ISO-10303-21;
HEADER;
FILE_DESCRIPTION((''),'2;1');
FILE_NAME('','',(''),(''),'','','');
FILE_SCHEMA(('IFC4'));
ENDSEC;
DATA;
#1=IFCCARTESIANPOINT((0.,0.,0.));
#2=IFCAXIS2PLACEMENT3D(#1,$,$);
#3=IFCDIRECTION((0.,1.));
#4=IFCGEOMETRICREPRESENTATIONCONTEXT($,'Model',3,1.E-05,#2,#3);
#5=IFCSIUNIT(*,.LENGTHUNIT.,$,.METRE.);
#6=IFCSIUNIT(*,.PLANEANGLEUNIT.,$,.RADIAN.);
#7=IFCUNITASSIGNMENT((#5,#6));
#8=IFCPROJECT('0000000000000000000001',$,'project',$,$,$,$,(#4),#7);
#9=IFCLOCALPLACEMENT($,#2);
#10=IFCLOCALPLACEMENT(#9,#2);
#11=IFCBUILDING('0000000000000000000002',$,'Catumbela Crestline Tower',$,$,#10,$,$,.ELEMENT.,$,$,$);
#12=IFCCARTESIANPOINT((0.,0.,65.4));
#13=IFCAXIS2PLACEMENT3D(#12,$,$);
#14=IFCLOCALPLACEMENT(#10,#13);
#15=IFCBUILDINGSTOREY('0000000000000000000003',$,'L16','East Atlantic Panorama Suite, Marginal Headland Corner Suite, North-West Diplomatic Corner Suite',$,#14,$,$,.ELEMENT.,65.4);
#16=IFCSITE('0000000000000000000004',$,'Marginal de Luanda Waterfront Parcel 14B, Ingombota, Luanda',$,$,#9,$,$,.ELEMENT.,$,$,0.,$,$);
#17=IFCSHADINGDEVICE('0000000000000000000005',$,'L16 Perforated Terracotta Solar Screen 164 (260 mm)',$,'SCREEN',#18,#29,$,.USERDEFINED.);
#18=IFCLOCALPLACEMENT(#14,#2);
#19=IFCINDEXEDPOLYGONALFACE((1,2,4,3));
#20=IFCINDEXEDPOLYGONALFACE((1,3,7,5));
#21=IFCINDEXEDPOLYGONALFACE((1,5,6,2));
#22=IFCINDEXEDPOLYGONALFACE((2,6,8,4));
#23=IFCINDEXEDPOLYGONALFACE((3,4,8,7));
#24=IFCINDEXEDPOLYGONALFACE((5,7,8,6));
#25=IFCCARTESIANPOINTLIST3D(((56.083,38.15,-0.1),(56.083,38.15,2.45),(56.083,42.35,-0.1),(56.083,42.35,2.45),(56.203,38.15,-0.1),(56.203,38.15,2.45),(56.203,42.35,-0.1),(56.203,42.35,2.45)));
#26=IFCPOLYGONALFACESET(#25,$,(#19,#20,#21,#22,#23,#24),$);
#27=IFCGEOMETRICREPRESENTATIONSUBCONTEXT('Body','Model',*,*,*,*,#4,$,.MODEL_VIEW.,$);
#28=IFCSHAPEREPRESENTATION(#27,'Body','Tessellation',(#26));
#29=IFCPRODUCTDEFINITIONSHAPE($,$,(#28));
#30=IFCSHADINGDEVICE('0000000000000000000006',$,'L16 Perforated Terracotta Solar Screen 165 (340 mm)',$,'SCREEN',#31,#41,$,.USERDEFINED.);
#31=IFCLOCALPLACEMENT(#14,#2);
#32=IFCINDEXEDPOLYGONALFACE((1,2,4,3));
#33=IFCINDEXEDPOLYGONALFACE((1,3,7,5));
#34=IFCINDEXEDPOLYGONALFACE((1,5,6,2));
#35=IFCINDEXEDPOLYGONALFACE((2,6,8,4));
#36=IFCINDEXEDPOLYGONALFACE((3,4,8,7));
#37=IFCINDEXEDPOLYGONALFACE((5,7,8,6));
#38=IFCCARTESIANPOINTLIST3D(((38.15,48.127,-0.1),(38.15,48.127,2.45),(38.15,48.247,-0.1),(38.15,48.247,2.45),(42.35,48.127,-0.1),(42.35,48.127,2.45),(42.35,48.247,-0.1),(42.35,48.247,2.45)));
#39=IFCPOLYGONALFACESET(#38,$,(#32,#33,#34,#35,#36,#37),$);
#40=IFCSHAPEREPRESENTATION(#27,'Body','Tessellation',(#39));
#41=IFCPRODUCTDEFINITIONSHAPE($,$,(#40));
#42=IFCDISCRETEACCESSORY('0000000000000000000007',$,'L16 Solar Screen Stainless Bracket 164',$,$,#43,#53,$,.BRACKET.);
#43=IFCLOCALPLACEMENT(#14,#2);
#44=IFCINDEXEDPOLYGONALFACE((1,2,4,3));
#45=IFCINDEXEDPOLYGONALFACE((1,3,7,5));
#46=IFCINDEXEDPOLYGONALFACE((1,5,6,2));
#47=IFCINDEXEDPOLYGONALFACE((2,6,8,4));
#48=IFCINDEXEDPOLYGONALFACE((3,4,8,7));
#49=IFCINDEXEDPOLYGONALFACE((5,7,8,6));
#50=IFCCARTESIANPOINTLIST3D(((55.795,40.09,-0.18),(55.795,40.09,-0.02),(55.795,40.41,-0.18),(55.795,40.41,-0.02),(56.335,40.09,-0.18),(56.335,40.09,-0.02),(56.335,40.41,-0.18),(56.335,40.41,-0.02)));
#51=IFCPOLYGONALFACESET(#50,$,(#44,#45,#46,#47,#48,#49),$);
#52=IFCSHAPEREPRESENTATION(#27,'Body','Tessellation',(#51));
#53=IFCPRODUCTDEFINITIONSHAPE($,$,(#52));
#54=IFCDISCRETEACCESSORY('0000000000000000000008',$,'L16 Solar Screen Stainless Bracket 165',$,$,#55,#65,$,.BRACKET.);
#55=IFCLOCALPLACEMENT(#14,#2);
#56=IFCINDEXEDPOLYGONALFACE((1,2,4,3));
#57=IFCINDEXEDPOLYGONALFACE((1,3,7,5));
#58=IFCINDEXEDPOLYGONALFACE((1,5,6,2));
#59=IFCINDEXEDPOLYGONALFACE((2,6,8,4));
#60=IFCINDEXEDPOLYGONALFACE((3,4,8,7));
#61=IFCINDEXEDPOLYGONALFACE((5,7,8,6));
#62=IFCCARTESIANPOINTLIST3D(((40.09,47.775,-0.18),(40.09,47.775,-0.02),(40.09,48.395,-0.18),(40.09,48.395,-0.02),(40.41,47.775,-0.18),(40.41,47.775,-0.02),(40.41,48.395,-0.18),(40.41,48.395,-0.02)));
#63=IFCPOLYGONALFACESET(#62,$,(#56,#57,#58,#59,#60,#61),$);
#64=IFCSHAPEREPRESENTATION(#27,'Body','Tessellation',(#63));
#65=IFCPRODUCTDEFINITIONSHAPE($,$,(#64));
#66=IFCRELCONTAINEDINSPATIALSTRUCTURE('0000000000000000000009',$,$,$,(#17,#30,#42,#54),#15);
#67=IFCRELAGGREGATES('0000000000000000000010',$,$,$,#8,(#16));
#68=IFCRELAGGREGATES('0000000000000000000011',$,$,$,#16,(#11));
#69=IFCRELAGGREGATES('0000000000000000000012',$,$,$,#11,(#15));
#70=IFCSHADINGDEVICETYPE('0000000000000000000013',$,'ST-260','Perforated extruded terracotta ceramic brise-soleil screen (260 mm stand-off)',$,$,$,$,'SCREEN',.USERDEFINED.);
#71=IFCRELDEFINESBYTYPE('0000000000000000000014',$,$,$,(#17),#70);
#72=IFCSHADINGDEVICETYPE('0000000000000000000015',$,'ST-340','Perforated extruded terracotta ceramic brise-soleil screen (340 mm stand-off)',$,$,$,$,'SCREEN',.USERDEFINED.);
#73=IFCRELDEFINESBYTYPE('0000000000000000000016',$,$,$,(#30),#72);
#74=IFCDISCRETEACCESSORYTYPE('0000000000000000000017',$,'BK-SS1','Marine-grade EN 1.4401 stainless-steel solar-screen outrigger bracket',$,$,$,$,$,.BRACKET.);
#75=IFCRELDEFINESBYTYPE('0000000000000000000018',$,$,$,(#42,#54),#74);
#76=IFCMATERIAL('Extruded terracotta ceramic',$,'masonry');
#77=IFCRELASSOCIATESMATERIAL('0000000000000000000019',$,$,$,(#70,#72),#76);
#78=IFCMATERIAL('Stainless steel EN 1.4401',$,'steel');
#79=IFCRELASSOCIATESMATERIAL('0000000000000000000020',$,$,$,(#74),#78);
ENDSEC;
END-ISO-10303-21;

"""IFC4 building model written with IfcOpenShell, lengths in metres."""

from ifc_helpers import new_model, si_unit, direction, frame, origin, origin_2d, place, context, subcontext, project, spatial, rectangle, extrude, material, type_object, element, save


model = new_model("IFC4")

# Units and contexts
model_context = context("Model", 3, precision=1e-05, world=origin(), true_north=direction((0.0, 1.0)))
body_context = subcontext(model_context, "Body", "Model", "MODEL_VIEW")
ifc_project = project(units=[si_unit("LENGTHUNIT", "METRE"), si_unit("PLANEANGLEUNIT", "RADIAN")], contexts=[model_context])

# Site, building, storey
site_placement = place(None, origin())
site = spatial("IfcSite", under=ifc_project, at=site_placement, Name="Marginal de Luanda Waterfront Parcel 14B, Ingombota, Luanda", CompositionType="ELEMENT", RefElevation=0.0)
building_placement = place(site_placement, origin())
building = spatial("IfcBuilding", under=site, at=building_placement, Name="Catumbela Crestline Tower", CompositionType="ELEMENT")
storey_placement = place(building_placement, frame((0.0, 0.0, 65.4)))
storey = spatial("IfcBuildingStorey", under=building, at=storey_placement, Name="L16", Description="East Atlantic Panorama Suite, Marginal Headland Corner Suite, North-West Diplomatic Corner Suite", CompositionType="ELEMENT", Elevation=65.4)

# Shading devices
ifc_material_1 = material(Name="Extruded terracotta ceramic", Category="masonry")
shading_device_type_1 = type_object("IfcShadingDeviceType", Name="ST-260", Description="Perforated extruded terracotta ceramic brise-soleil screen (260 mm stand-off)", ElementType="SCREEN", PredefinedType="USERDEFINED", material=ifc_material_1)
shading_device_1_placement = place(storey_placement, frame((56.143, 40.25, -0.1), z_axis=(0.0, 0.0, 1.0), x_axis=(0.0, 1.0, 0.0)))
element("IfcShadingDevice", 1, at=shading_device_1_placement, inside=storey, type_object=shading_device_type_1, Name="L16 Perforated Terracotta Solar Screen 164 (260 mm)", ObjectType="SCREEN", PredefinedType="USERDEFINED", context=body_context, shape_type="SweptSolid", body=[
    extrude(rectangle(XDim=4.2, YDim=0.12, at=origin_2d()), origin(), (0.0, 0.0, 1.0), 2.55),
])
shading_device_type_2 = type_object("IfcShadingDeviceType", Name="ST-340", Description="Perforated extruded terracotta ceramic brise-soleil screen (340 mm stand-off)", ElementType="SCREEN", PredefinedType="USERDEFINED", material=ifc_material_1)
shading_device_2_placement = place(storey_placement, frame((40.25, 48.187, -0.1), z_axis=(0.0, 0.0, 1.0), x_axis=(-1.0, 0.0, 0.0)))
element("IfcShadingDevice", 2, at=shading_device_2_placement, inside=storey, type_object=shading_device_type_2, Name="L16 Perforated Terracotta Solar Screen 165 (340 mm)", ObjectType="SCREEN", PredefinedType="USERDEFINED", context=body_context, shape_type="SweptSolid", body=[
    extrude(rectangle(XDim=4.2, YDim=0.12, at=origin_2d()), origin(), (0.0, 0.0, 1.0), 2.55),
])

# Discrete accessories
ifc_material_2 = material(Name="Stainless steel EN 1.4401", Category="steel")
discrete_accessory_type = type_object("IfcDiscreteAccessoryType", Name="BK-SS1", Description="Marine-grade EN 1.4401 stainless-steel solar-screen outrigger bracket", PredefinedType="BRACKET", material=ifc_material_2)
discrete_accessory_1_placement = place(storey_placement, frame((56.065, 40.25, -0.18), z_axis=(0.0, 0.0, 1.0), x_axis=(0.0, 1.0, 0.0)))
element("IfcDiscreteAccessory", 3, at=discrete_accessory_1_placement, inside=storey, type_object=discrete_accessory_type, Name="L16 Solar Screen Stainless Bracket 164", PredefinedType="BRACKET", context=body_context, shape_type="SweptSolid", body=[
    extrude(rectangle(XDim=0.32, YDim=0.54, at=origin_2d()), origin(), (0.0, 0.0, 1.0), 0.16),
])
discrete_accessory_2_placement = place(storey_placement, frame((40.25, 48.085, -0.18), z_axis=(0.0, 0.0, 1.0), x_axis=(-1.0, 0.0, 0.0)))
element("IfcDiscreteAccessory", 4, at=discrete_accessory_2_placement, inside=storey, type_object=discrete_accessory_type, Name="L16 Solar Screen Stainless Bracket 165", PredefinedType="BRACKET", context=body_context, shape_type="SweptSolid", body=[
    extrude(rectangle(XDim=0.32, YDim=0.62, at=origin_2d()), origin(), (0.0, 0.0, 1.0), 0.16),
])

save(model, "model.ifc")
